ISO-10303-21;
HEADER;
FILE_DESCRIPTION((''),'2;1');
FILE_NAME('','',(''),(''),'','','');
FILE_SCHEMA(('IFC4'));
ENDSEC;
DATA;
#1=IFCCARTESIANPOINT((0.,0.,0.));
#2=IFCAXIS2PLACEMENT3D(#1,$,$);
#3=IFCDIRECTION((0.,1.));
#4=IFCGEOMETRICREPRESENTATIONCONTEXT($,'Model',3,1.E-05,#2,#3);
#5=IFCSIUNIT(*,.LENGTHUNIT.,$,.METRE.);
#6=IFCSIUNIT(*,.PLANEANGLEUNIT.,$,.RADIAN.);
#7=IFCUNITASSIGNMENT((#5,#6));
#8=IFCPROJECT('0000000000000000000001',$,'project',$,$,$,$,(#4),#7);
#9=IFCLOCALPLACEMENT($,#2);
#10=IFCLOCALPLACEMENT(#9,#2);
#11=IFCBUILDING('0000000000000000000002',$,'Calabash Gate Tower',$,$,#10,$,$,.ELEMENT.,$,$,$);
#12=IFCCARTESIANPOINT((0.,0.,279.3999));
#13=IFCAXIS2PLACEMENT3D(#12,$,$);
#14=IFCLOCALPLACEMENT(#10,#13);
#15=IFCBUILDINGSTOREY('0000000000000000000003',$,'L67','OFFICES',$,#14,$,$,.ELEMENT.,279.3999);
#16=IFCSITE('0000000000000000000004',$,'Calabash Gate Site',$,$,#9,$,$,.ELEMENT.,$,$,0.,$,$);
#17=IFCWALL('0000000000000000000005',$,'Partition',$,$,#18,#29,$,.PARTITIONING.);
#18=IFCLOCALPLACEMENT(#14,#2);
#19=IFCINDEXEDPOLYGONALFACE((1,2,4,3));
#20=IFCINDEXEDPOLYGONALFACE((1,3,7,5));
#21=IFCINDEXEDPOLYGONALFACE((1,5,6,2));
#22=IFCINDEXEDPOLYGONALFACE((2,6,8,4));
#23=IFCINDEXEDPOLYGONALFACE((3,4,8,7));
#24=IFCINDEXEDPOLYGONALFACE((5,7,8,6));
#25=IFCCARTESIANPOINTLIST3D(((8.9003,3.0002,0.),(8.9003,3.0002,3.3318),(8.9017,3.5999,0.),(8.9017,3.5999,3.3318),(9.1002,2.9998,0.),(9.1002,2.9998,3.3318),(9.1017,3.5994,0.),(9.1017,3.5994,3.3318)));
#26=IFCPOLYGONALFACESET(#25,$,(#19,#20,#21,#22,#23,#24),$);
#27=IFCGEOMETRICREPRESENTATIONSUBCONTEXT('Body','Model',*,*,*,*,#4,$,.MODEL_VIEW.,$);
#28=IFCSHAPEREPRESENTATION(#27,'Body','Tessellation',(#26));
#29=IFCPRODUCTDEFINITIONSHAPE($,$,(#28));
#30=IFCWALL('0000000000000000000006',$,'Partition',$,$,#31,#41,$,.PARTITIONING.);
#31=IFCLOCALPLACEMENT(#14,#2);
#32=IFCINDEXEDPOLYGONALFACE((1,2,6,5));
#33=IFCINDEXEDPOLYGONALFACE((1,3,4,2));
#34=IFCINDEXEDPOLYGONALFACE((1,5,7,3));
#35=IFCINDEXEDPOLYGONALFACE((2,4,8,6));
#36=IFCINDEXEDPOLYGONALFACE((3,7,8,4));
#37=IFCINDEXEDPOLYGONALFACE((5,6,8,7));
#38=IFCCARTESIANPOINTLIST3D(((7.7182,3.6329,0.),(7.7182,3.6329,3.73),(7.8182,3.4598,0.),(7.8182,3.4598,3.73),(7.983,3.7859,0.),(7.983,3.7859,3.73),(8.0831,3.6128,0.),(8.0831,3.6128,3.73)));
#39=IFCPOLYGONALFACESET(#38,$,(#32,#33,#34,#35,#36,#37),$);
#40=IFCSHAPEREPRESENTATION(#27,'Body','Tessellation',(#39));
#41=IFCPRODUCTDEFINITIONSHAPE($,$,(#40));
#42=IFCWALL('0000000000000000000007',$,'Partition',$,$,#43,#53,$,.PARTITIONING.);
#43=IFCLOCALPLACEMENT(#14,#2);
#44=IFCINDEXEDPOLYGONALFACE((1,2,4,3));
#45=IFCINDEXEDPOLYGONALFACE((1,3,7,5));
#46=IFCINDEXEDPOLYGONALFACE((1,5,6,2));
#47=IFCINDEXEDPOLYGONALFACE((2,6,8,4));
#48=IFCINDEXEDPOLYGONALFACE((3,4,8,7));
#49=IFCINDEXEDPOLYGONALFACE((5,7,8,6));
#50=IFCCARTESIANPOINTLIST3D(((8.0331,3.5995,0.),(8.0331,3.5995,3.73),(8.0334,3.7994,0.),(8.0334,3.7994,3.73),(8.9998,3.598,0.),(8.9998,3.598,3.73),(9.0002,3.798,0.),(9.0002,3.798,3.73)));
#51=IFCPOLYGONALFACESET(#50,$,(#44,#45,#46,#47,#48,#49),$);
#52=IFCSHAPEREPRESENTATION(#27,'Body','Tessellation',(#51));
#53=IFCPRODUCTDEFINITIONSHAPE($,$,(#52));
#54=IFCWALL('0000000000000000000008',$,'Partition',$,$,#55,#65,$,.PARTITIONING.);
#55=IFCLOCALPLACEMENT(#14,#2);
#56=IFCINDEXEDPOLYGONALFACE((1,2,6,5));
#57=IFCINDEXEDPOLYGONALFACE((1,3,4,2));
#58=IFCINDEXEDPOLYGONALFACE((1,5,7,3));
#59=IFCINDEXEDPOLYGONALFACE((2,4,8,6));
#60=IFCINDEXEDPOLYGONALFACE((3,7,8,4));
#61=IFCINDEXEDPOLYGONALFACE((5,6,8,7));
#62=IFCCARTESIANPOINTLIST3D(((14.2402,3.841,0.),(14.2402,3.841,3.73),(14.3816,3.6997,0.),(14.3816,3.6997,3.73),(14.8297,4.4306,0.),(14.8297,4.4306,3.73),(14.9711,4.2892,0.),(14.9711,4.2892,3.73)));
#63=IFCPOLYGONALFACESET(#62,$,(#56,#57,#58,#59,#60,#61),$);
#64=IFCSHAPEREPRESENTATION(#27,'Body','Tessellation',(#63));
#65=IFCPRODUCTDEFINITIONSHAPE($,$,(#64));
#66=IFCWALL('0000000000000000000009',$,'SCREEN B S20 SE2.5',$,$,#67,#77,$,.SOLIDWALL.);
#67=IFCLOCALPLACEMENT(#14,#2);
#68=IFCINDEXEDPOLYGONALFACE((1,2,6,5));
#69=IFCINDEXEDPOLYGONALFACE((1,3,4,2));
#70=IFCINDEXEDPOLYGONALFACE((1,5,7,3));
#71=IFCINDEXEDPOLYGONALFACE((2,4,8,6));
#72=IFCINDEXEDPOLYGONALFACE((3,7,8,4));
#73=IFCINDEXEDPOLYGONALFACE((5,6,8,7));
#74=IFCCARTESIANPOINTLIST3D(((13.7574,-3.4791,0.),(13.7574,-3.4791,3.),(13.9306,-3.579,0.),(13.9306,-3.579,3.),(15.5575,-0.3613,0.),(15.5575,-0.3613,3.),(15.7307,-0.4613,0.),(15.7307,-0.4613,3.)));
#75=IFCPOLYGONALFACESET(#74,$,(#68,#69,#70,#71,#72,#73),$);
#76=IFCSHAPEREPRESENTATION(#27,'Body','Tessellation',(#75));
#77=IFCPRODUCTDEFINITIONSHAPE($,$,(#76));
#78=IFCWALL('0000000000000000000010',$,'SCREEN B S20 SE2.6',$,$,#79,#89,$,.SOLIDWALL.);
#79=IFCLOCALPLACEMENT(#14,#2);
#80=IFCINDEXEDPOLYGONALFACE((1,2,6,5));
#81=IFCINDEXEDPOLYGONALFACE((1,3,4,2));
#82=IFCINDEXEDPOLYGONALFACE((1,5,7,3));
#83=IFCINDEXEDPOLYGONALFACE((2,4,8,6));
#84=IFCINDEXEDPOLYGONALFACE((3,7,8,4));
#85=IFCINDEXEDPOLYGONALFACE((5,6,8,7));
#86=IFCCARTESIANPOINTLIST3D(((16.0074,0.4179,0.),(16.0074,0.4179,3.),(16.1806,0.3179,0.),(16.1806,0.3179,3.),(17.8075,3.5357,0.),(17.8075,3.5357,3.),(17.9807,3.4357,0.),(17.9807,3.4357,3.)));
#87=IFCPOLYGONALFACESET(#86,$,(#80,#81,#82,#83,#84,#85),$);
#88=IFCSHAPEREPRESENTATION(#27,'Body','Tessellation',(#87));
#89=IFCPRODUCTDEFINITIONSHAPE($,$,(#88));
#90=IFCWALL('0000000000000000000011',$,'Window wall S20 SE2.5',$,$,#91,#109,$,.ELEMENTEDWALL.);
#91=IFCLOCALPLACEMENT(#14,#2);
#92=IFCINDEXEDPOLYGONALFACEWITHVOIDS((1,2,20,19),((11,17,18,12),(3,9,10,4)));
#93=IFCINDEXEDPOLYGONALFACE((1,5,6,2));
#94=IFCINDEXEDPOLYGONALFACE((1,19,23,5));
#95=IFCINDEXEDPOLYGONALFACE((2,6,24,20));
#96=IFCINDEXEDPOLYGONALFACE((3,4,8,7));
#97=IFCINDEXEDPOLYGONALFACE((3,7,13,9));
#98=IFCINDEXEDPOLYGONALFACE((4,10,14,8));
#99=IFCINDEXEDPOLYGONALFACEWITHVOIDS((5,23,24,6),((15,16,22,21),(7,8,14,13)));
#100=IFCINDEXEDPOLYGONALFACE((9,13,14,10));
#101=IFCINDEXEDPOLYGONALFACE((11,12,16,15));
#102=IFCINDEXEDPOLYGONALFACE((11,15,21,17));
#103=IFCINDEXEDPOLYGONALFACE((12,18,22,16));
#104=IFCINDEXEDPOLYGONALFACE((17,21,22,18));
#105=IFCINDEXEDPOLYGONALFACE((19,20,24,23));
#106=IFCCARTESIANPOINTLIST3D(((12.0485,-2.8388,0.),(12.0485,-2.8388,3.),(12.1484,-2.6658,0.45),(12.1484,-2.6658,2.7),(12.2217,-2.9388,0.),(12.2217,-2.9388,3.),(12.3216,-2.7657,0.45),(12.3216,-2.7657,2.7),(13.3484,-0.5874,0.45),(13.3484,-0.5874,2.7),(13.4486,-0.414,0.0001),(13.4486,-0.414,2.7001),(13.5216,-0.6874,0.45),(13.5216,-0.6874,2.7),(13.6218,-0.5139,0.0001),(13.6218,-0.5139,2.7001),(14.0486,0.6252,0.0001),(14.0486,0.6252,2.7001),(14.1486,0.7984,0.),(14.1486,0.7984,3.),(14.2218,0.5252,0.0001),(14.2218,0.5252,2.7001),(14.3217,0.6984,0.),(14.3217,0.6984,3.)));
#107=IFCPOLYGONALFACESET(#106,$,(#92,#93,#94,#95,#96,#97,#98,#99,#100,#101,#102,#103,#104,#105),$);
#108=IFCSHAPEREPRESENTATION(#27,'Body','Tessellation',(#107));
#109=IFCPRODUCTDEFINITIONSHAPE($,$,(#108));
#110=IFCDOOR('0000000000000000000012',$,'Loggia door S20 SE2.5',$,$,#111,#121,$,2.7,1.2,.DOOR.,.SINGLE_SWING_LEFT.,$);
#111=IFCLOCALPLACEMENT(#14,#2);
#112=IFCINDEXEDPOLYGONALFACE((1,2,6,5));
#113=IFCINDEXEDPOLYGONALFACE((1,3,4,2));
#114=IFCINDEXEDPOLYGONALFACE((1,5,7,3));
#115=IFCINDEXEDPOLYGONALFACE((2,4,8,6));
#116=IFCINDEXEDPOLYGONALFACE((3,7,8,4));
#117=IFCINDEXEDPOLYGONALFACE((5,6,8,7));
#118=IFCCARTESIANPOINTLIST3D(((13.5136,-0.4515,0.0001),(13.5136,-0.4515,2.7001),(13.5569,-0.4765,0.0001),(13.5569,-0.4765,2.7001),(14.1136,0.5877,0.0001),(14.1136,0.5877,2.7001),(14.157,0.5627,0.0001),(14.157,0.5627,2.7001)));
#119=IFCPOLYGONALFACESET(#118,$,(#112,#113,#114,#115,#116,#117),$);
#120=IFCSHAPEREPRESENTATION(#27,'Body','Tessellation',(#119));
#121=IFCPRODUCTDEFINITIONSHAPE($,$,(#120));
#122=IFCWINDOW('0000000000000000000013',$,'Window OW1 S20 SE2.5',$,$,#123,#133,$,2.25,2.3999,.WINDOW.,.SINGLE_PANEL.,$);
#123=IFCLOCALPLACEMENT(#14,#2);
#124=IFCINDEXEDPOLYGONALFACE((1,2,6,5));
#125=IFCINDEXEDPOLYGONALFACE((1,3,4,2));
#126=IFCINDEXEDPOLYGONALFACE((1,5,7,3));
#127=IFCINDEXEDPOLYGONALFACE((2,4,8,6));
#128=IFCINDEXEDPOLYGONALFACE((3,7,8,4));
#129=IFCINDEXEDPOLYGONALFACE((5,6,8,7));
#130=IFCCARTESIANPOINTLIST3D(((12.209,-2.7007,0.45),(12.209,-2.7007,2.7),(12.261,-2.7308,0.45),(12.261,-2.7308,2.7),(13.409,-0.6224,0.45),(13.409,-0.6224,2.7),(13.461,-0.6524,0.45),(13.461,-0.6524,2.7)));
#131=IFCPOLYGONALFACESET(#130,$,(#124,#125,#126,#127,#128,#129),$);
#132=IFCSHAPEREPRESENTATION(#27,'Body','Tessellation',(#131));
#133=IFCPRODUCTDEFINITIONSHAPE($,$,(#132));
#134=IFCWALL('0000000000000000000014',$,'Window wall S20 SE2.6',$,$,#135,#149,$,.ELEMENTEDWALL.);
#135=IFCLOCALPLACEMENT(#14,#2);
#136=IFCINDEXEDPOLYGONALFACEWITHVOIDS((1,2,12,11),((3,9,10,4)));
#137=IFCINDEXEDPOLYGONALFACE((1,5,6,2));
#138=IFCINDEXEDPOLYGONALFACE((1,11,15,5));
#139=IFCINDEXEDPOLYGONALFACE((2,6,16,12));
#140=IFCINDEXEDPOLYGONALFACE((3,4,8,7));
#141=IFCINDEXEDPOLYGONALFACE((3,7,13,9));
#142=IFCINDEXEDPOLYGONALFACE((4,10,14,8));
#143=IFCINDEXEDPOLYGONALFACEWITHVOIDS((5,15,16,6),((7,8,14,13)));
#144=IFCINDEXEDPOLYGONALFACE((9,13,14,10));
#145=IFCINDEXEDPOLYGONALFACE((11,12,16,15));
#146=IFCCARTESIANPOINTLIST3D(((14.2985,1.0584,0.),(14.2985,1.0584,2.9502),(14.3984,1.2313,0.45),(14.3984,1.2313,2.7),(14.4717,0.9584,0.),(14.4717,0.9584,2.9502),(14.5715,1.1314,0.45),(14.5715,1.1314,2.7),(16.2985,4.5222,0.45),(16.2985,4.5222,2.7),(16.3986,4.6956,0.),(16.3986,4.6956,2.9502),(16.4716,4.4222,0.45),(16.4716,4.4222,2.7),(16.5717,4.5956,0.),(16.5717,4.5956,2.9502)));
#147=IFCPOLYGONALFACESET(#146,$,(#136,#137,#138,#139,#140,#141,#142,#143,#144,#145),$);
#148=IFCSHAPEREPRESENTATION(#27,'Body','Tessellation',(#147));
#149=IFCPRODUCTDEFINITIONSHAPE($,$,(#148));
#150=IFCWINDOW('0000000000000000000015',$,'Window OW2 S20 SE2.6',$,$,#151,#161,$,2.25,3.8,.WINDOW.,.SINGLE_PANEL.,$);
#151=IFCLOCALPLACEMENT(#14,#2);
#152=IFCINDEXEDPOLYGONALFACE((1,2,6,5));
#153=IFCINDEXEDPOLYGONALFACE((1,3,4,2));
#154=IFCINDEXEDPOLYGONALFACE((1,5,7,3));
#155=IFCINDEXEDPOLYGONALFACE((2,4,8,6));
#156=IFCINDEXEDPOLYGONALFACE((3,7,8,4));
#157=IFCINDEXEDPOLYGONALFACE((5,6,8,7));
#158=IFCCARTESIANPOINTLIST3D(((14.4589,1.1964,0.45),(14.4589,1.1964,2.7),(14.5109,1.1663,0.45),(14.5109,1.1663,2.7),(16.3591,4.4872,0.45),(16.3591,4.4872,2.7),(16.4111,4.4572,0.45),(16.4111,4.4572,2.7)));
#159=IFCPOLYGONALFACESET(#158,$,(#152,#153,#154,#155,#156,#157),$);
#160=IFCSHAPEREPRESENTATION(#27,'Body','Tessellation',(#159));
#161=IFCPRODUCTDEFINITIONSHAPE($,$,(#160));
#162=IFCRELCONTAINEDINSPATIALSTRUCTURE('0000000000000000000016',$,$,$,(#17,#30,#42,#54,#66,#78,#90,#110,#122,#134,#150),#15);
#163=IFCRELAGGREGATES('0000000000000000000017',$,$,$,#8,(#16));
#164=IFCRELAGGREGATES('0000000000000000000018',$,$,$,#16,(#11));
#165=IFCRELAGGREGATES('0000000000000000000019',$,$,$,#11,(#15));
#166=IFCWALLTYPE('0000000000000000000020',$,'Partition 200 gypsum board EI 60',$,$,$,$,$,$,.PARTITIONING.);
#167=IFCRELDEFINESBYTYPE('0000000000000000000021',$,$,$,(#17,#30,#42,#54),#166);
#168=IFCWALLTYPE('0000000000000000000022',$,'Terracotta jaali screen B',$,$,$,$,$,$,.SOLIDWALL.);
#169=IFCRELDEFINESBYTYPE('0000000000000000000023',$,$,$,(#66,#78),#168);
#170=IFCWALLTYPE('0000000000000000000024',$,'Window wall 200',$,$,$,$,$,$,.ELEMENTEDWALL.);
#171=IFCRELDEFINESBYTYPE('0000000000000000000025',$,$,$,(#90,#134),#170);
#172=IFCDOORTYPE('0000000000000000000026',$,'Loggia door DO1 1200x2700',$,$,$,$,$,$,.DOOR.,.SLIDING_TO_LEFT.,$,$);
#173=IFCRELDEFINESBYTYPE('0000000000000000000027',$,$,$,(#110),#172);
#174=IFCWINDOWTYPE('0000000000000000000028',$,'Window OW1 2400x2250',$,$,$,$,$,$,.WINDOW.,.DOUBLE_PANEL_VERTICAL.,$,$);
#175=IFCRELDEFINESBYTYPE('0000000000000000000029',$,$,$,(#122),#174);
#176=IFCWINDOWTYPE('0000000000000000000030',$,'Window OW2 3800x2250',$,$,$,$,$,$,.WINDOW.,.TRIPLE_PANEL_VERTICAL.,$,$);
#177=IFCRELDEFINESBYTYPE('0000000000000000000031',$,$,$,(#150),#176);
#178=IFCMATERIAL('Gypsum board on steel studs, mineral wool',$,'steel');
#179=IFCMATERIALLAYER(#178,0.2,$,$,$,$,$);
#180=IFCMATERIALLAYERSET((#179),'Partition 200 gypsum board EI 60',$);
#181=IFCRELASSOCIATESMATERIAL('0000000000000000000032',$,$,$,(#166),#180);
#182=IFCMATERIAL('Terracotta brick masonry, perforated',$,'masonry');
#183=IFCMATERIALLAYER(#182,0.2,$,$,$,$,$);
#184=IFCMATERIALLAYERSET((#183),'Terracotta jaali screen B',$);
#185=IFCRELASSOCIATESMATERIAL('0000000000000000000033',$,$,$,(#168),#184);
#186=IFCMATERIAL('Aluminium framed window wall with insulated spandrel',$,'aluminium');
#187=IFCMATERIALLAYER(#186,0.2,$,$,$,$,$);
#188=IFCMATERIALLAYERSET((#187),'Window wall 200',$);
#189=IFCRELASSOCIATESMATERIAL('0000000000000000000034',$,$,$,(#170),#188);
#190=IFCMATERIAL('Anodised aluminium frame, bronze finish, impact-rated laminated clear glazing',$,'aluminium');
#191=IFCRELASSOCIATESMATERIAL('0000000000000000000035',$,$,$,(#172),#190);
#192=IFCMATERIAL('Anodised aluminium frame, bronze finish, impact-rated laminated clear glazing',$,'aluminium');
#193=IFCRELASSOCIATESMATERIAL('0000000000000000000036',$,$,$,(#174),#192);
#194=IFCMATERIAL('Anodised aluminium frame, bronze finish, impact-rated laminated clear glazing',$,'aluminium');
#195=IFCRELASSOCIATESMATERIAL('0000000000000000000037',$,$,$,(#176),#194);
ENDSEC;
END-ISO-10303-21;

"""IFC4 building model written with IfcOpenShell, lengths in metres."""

from ifc_helpers import new_model, si_unit, direction, frame, frame_2d, origin, place, context, subcontext, project, spatial, rectangle, extrude, material, layer, layer_set, type_object, element, fill, save


model = new_model("IFC4")

# Units and contexts
model_context = context("Model", 3, precision=1e-05, world=origin(), true_north=direction((0.0, 1.0)))
body_context = subcontext(model_context, "Body", "Model", "MODEL_VIEW")
ifc_project = project(units=[si_unit("LENGTHUNIT", "METRE"), si_unit("PLANEANGLEUNIT", "RADIAN")], contexts=[model_context])

# Site, building, storey
site_placement = place(None, origin())
site = spatial("IfcSite", under=ifc_project, at=site_placement, Name="Calabash Gate Site", CompositionType="ELEMENT", RefElevation=0.0)
building_placement = place(site_placement, origin())
building = spatial("IfcBuilding", under=site, at=building_placement, Name="Calabash Gate Tower", CompositionType="ELEMENT")
storey_placement = place(building_placement, frame((0.0, 0.0, 279.3999)))
storey = spatial("IfcBuildingStorey", under=building, at=storey_placement, Name="L67", Description="OFFICES", CompositionType="ELEMENT", Elevation=279.3999)

# Walls
ifc_material_1 = material(Name="Gypsum board on steel studs, mineral wool", Category="steel")
ifc_layer_1 = layer(ifc_material_1, 0.2)
ifc_layer_set_1 = layer_set([ifc_layer_1], Name="Partition 200 gypsum board EI 60")
wall_type_1 = type_object("IfcWallType", Name="Partition 200 gypsum board EI 60", PredefinedType="PARTITIONING", material=ifc_layer_set_1)
wall_1_placement = place(storey_placement, frame((9.0002, 3.0, 0.0), z_axis=(0.0, 0.0, 1.0), x_axis=(0.002443, 0.999997, 0.0)))
element("IfcWall", 1, at=wall_1_placement, inside=storey, type_object=wall_type_1, Name="Partition", PredefinedType="PARTITIONING", context=body_context, shape_type="SweptSolid", body=[
    extrude(rectangle(XDim=0.5996, YDim=0.2, at=frame_2d((0.2998, 0.0))), origin(), (0.0, 0.0, 1.0), 3.3318),
])
wall_2_placement = place(storey_placement, frame((7.7683, 3.5464, 0.0), z_axis=(0.0, 0.0, 1.0), x_axis=(0.865827, 0.500344, 0.0)))
element("IfcWall", 2, at=wall_2_placement, inside=storey, type_object=wall_type_1, Name="Partition", PredefinedType="PARTITIONING", context=body_context, shape_type="SweptSolid", body=[
    extrude(rectangle(XDim=0.3059, YDim=0.2, at=frame_2d((0.1528, 0.0))), origin(), (0.0, 0.0, 1.0), 3.73),
])
wall_3_placement = place(storey_placement, frame((8.0332, 3.6995, 0.0), z_axis=(0.0, 0.0, 1.0), x_axis=(0.999999, -0.001515, 0.0)))
element("IfcWall", 3, at=wall_3_placement, inside=storey, type_object=wall_type_1, Name="Partition", PredefinedType="PARTITIONING", context=body_context, shape_type="SweptSolid", body=[
    extrude(rectangle(XDim=0.9668, YDim=0.2, at=frame_2d((0.4834, 0.0))), origin(), (0.0, 0.0, 1.0), 3.73),
])

# Walls
wall_4_placement = place(storey_placement, frame((14.3108, 3.7703, 0.0), z_axis=(0.0, 0.0, 1.0), x_axis=(0.707107, 0.707107, 0.0)))
element("IfcWall", 4, at=wall_4_placement, inside=storey, type_object=wall_type_1, Name="Partition", PredefinedType="PARTITIONING", context=body_context, shape_type="SweptSolid", body=[
    extrude(rectangle(XDim=0.8337, YDim=0.2, at=frame_2d((0.417, 0.0))), origin(), (0.0, 0.0, 1.0), 3.73),
])
ifc_material_2 = material(Name="Terracotta brick masonry, perforated", Category="masonry")
ifc_layer_2 = layer(ifc_material_2, 0.2)
ifc_layer_set_2 = layer_set([ifc_layer_2], Name="Terracotta jaali screen B")
wall_type_2 = type_object("IfcWallType", Name="Terracotta jaali screen B", PredefinedType="SOLIDWALL", material=ifc_layer_set_2)
for number, where, z_axis, x_axis, name in (
    (5, (13.844, -3.5291, 0.0), (0.0, 0.0, 1.0), (0.500012, 0.866018, 0.0), "SCREEN B S20 SE2.5"),
    (6, (16.094, 0.3679, 0.0), (0.0, 0.0, 1.0), (0.500012, 0.866018, 0.0), "SCREEN B S20 SE2.6"),
):
    element("IfcWall", number, at=place(storey_placement, frame(where, z_axis=z_axis, x_axis=x_axis)), inside=storey, type_object=wall_type_2, Name=name, PredefinedType="SOLIDWALL", context=body_context, shape_type="SweptSolid", body=[
        extrude(rectangle(XDim=3.6001, YDim=0.2, at=frame_2d((1.8, 0.0))), origin(), (0.0, 0.0, 1.0), 3.0),
    ])

# Wall, openings, door, window
ifc_material_3 = material(Name="Aluminium framed window wall with insulated spandrel", Category="aluminium")
ifc_layer_3 = layer(ifc_material_3, 0.2)
ifc_layer_set_3 = layer_set([ifc_layer_3], Name="Window wall 200")
wall_type_3 = type_object("IfcWallType", Name="Window wall 200", PredefinedType="ELEMENTEDWALL", material=ifc_layer_set_3)
wall_5_placement = place(storey_placement, frame((12.135, -2.8889, 0.0), z_axis=(0.0, 0.0, 1.0), x_axis=(0.500028, 0.866009, 0.0)))
wall_5 = element("IfcWall", 7, at=wall_5_placement, inside=storey, type_object=wall_type_3, Name="Window wall S20 SE2.5", PredefinedType="ELEMENTEDWALL", context=body_context, shape_type="SweptSolid", body=[
    extrude(rectangle(XDim=4.2, YDim=0.2, at=frame_2d((2.1001, 0.0))), origin(), (0.0, 0.0, 1.0), 3.0),
])
opening_1_placement = place(wall_5_placement, frame((0.2, 0.0, 0.45)))
opening_1 = element("IfcOpeningElement", 8, at=opening_1_placement, cuts=wall_5, PredefinedType="OPENING", context=body_context, shape_type="SweptSolid", body=[
    extrude(rectangle(XDim=2.3999, YDim=2.25, at=frame_2d((1.2, 1.125))), frame((0.0, 0.1099, 0.0), z_axis=(0.0, -1.0, 0.0), x_axis=(1.0, 0.0, 0.0)), (0.0, 0.0, 1.0), 0.22),
])
opening_2_placement = place(wall_5_placement, frame((2.8, 0.0, 0.0)))
opening_2 = element("IfcOpeningElement", 9, at=opening_2_placement, cuts=wall_5, PredefinedType="OPENING", context=body_context, shape_type="SweptSolid", body=[
    extrude(rectangle(XDim=1.2, YDim=2.7, at=frame_2d((0.6001, 1.3501))), frame((0.0, 0.1099, 0.0), z_axis=(0.0, -1.0, 0.0), x_axis=(1.0, 0.0, 0.0)), (0.0, 0.0, 1.0), 0.22),
])
ifc_material_4 = material(Name="Anodised aluminium frame, bronze finish, impact-rated laminated clear glazing", Category="aluminium")
door_type_1 = type_object("IfcDoorType", Name="Loggia door DO1 1200x2700", OperationType="SLIDING_TO_LEFT", PredefinedType="DOOR", material=ifc_material_4)
door_1_placement = place(opening_2_placement, origin())
door_1 = element("IfcDoor", 10, at=door_1_placement, inside=storey, type_object=door_type_1, Name="Loggia door S20 SE2.5", OperationType="SINGLE_SWING_LEFT", OverallHeight=2.7, OverallWidth=1.2, PredefinedType="DOOR", context=body_context, shape_type="SweptSolid", body=[
    extrude(rectangle(XDim=1.2, YDim=2.7, at=frame_2d((0.6001, 1.3501))), frame((0.0, 0.0249, 0.0), z_axis=(0.0, -1.0, 0.0), x_axis=(1.0, 0.0, 0.0)), (0.0, 0.0, 1.0), 0.05),
])
fill(opening_2, door_1)
ifc_material_5 = material(Name="Anodised aluminium frame, bronze finish, impact-rated laminated clear glazing", Category="aluminium")
window_type_1 = type_object("IfcWindowType", Name="Window OW1 2400x2250", PartitioningType="DOUBLE_PANEL_VERTICAL", PredefinedType="WINDOW", material=ifc_material_5)
window_1_placement = place(opening_1_placement, origin())
window_1 = element("IfcWindow", 11, at=window_1_placement, inside=storey, type_object=window_type_1, Name="Window OW1 S20 SE2.5", OverallHeight=2.25, OverallWidth=2.3999, PartitioningType="SINGLE_PANEL", PredefinedType="WINDOW", context=body_context, shape_type="SweptSolid", body=[
    extrude(rectangle(XDim=2.3999, YDim=2.25, at=frame_2d((1.2, 1.125))), frame((0.0, 0.03, 0.0), z_axis=(0.0, -1.0, 0.0), x_axis=(1.0, 0.0, 0.0)), (0.0, 0.0, 1.0), 0.0601),
])
fill(opening_1, window_1)

# Wall, opening, window
wall_6_placement = place(storey_placement, frame((14.385, 1.0083, 0.0), z_axis=(0.0, 0.0, 1.0), x_axis=(0.500028, 0.866009, 0.0)))
wall_6 = element("IfcWall", 12, at=wall_6_placement, inside=storey, type_object=wall_type_3, Name="Window wall S20 SE2.6", PredefinedType="ELEMENTEDWALL", context=body_context, shape_type="SweptSolid", body=[
    extrude(rectangle(XDim=4.2, YDim=0.2, at=frame_2d((2.1001, 0.0))), origin(), (0.0, 0.0, 1.0), 2.9502),
])
opening_3_placement = place(wall_6_placement, frame((0.2, 0.0, 0.45)))
opening_3 = element("IfcOpeningElement", 13, at=opening_3_placement, cuts=wall_6, PredefinedType="OPENING", context=body_context, shape_type="SweptSolid", body=[
    extrude(rectangle(XDim=3.8, YDim=2.25, at=frame_2d((1.8999, 1.125))), frame((0.0, 0.1099, 0.0), z_axis=(0.0, -1.0, 0.0), x_axis=(1.0, 0.0, 0.0)), (0.0, 0.0, 1.0), 0.22),
])
ifc_material_6 = material(Name="Anodised aluminium frame, bronze finish, impact-rated laminated clear glazing", Category="aluminium")
window_type_2 = type_object("IfcWindowType", Name="Window OW2 3800x2250", PartitioningType="TRIPLE_PANEL_VERTICAL", PredefinedType="WINDOW", material=ifc_material_6)
window_2_placement = place(opening_3_placement, origin())
window_2 = element("IfcWindow", 14, at=window_2_placement, inside=storey, type_object=window_type_2, Name="Window OW2 S20 SE2.6", OverallHeight=2.25, OverallWidth=3.8, PartitioningType="SINGLE_PANEL", PredefinedType="WINDOW", context=body_context, shape_type="SweptSolid", body=[
    extrude(rectangle(XDim=3.8, YDim=2.25, at=frame_2d((1.8999, 1.125))), frame((0.0, 0.03, 0.0), z_axis=(0.0, -1.0, 0.0), x_axis=(1.0, 0.0, 0.0)), (0.0, 0.0, 1.0), 0.0601),
])
fill(opening_3, window_2)

save(model, "model.ifc")
